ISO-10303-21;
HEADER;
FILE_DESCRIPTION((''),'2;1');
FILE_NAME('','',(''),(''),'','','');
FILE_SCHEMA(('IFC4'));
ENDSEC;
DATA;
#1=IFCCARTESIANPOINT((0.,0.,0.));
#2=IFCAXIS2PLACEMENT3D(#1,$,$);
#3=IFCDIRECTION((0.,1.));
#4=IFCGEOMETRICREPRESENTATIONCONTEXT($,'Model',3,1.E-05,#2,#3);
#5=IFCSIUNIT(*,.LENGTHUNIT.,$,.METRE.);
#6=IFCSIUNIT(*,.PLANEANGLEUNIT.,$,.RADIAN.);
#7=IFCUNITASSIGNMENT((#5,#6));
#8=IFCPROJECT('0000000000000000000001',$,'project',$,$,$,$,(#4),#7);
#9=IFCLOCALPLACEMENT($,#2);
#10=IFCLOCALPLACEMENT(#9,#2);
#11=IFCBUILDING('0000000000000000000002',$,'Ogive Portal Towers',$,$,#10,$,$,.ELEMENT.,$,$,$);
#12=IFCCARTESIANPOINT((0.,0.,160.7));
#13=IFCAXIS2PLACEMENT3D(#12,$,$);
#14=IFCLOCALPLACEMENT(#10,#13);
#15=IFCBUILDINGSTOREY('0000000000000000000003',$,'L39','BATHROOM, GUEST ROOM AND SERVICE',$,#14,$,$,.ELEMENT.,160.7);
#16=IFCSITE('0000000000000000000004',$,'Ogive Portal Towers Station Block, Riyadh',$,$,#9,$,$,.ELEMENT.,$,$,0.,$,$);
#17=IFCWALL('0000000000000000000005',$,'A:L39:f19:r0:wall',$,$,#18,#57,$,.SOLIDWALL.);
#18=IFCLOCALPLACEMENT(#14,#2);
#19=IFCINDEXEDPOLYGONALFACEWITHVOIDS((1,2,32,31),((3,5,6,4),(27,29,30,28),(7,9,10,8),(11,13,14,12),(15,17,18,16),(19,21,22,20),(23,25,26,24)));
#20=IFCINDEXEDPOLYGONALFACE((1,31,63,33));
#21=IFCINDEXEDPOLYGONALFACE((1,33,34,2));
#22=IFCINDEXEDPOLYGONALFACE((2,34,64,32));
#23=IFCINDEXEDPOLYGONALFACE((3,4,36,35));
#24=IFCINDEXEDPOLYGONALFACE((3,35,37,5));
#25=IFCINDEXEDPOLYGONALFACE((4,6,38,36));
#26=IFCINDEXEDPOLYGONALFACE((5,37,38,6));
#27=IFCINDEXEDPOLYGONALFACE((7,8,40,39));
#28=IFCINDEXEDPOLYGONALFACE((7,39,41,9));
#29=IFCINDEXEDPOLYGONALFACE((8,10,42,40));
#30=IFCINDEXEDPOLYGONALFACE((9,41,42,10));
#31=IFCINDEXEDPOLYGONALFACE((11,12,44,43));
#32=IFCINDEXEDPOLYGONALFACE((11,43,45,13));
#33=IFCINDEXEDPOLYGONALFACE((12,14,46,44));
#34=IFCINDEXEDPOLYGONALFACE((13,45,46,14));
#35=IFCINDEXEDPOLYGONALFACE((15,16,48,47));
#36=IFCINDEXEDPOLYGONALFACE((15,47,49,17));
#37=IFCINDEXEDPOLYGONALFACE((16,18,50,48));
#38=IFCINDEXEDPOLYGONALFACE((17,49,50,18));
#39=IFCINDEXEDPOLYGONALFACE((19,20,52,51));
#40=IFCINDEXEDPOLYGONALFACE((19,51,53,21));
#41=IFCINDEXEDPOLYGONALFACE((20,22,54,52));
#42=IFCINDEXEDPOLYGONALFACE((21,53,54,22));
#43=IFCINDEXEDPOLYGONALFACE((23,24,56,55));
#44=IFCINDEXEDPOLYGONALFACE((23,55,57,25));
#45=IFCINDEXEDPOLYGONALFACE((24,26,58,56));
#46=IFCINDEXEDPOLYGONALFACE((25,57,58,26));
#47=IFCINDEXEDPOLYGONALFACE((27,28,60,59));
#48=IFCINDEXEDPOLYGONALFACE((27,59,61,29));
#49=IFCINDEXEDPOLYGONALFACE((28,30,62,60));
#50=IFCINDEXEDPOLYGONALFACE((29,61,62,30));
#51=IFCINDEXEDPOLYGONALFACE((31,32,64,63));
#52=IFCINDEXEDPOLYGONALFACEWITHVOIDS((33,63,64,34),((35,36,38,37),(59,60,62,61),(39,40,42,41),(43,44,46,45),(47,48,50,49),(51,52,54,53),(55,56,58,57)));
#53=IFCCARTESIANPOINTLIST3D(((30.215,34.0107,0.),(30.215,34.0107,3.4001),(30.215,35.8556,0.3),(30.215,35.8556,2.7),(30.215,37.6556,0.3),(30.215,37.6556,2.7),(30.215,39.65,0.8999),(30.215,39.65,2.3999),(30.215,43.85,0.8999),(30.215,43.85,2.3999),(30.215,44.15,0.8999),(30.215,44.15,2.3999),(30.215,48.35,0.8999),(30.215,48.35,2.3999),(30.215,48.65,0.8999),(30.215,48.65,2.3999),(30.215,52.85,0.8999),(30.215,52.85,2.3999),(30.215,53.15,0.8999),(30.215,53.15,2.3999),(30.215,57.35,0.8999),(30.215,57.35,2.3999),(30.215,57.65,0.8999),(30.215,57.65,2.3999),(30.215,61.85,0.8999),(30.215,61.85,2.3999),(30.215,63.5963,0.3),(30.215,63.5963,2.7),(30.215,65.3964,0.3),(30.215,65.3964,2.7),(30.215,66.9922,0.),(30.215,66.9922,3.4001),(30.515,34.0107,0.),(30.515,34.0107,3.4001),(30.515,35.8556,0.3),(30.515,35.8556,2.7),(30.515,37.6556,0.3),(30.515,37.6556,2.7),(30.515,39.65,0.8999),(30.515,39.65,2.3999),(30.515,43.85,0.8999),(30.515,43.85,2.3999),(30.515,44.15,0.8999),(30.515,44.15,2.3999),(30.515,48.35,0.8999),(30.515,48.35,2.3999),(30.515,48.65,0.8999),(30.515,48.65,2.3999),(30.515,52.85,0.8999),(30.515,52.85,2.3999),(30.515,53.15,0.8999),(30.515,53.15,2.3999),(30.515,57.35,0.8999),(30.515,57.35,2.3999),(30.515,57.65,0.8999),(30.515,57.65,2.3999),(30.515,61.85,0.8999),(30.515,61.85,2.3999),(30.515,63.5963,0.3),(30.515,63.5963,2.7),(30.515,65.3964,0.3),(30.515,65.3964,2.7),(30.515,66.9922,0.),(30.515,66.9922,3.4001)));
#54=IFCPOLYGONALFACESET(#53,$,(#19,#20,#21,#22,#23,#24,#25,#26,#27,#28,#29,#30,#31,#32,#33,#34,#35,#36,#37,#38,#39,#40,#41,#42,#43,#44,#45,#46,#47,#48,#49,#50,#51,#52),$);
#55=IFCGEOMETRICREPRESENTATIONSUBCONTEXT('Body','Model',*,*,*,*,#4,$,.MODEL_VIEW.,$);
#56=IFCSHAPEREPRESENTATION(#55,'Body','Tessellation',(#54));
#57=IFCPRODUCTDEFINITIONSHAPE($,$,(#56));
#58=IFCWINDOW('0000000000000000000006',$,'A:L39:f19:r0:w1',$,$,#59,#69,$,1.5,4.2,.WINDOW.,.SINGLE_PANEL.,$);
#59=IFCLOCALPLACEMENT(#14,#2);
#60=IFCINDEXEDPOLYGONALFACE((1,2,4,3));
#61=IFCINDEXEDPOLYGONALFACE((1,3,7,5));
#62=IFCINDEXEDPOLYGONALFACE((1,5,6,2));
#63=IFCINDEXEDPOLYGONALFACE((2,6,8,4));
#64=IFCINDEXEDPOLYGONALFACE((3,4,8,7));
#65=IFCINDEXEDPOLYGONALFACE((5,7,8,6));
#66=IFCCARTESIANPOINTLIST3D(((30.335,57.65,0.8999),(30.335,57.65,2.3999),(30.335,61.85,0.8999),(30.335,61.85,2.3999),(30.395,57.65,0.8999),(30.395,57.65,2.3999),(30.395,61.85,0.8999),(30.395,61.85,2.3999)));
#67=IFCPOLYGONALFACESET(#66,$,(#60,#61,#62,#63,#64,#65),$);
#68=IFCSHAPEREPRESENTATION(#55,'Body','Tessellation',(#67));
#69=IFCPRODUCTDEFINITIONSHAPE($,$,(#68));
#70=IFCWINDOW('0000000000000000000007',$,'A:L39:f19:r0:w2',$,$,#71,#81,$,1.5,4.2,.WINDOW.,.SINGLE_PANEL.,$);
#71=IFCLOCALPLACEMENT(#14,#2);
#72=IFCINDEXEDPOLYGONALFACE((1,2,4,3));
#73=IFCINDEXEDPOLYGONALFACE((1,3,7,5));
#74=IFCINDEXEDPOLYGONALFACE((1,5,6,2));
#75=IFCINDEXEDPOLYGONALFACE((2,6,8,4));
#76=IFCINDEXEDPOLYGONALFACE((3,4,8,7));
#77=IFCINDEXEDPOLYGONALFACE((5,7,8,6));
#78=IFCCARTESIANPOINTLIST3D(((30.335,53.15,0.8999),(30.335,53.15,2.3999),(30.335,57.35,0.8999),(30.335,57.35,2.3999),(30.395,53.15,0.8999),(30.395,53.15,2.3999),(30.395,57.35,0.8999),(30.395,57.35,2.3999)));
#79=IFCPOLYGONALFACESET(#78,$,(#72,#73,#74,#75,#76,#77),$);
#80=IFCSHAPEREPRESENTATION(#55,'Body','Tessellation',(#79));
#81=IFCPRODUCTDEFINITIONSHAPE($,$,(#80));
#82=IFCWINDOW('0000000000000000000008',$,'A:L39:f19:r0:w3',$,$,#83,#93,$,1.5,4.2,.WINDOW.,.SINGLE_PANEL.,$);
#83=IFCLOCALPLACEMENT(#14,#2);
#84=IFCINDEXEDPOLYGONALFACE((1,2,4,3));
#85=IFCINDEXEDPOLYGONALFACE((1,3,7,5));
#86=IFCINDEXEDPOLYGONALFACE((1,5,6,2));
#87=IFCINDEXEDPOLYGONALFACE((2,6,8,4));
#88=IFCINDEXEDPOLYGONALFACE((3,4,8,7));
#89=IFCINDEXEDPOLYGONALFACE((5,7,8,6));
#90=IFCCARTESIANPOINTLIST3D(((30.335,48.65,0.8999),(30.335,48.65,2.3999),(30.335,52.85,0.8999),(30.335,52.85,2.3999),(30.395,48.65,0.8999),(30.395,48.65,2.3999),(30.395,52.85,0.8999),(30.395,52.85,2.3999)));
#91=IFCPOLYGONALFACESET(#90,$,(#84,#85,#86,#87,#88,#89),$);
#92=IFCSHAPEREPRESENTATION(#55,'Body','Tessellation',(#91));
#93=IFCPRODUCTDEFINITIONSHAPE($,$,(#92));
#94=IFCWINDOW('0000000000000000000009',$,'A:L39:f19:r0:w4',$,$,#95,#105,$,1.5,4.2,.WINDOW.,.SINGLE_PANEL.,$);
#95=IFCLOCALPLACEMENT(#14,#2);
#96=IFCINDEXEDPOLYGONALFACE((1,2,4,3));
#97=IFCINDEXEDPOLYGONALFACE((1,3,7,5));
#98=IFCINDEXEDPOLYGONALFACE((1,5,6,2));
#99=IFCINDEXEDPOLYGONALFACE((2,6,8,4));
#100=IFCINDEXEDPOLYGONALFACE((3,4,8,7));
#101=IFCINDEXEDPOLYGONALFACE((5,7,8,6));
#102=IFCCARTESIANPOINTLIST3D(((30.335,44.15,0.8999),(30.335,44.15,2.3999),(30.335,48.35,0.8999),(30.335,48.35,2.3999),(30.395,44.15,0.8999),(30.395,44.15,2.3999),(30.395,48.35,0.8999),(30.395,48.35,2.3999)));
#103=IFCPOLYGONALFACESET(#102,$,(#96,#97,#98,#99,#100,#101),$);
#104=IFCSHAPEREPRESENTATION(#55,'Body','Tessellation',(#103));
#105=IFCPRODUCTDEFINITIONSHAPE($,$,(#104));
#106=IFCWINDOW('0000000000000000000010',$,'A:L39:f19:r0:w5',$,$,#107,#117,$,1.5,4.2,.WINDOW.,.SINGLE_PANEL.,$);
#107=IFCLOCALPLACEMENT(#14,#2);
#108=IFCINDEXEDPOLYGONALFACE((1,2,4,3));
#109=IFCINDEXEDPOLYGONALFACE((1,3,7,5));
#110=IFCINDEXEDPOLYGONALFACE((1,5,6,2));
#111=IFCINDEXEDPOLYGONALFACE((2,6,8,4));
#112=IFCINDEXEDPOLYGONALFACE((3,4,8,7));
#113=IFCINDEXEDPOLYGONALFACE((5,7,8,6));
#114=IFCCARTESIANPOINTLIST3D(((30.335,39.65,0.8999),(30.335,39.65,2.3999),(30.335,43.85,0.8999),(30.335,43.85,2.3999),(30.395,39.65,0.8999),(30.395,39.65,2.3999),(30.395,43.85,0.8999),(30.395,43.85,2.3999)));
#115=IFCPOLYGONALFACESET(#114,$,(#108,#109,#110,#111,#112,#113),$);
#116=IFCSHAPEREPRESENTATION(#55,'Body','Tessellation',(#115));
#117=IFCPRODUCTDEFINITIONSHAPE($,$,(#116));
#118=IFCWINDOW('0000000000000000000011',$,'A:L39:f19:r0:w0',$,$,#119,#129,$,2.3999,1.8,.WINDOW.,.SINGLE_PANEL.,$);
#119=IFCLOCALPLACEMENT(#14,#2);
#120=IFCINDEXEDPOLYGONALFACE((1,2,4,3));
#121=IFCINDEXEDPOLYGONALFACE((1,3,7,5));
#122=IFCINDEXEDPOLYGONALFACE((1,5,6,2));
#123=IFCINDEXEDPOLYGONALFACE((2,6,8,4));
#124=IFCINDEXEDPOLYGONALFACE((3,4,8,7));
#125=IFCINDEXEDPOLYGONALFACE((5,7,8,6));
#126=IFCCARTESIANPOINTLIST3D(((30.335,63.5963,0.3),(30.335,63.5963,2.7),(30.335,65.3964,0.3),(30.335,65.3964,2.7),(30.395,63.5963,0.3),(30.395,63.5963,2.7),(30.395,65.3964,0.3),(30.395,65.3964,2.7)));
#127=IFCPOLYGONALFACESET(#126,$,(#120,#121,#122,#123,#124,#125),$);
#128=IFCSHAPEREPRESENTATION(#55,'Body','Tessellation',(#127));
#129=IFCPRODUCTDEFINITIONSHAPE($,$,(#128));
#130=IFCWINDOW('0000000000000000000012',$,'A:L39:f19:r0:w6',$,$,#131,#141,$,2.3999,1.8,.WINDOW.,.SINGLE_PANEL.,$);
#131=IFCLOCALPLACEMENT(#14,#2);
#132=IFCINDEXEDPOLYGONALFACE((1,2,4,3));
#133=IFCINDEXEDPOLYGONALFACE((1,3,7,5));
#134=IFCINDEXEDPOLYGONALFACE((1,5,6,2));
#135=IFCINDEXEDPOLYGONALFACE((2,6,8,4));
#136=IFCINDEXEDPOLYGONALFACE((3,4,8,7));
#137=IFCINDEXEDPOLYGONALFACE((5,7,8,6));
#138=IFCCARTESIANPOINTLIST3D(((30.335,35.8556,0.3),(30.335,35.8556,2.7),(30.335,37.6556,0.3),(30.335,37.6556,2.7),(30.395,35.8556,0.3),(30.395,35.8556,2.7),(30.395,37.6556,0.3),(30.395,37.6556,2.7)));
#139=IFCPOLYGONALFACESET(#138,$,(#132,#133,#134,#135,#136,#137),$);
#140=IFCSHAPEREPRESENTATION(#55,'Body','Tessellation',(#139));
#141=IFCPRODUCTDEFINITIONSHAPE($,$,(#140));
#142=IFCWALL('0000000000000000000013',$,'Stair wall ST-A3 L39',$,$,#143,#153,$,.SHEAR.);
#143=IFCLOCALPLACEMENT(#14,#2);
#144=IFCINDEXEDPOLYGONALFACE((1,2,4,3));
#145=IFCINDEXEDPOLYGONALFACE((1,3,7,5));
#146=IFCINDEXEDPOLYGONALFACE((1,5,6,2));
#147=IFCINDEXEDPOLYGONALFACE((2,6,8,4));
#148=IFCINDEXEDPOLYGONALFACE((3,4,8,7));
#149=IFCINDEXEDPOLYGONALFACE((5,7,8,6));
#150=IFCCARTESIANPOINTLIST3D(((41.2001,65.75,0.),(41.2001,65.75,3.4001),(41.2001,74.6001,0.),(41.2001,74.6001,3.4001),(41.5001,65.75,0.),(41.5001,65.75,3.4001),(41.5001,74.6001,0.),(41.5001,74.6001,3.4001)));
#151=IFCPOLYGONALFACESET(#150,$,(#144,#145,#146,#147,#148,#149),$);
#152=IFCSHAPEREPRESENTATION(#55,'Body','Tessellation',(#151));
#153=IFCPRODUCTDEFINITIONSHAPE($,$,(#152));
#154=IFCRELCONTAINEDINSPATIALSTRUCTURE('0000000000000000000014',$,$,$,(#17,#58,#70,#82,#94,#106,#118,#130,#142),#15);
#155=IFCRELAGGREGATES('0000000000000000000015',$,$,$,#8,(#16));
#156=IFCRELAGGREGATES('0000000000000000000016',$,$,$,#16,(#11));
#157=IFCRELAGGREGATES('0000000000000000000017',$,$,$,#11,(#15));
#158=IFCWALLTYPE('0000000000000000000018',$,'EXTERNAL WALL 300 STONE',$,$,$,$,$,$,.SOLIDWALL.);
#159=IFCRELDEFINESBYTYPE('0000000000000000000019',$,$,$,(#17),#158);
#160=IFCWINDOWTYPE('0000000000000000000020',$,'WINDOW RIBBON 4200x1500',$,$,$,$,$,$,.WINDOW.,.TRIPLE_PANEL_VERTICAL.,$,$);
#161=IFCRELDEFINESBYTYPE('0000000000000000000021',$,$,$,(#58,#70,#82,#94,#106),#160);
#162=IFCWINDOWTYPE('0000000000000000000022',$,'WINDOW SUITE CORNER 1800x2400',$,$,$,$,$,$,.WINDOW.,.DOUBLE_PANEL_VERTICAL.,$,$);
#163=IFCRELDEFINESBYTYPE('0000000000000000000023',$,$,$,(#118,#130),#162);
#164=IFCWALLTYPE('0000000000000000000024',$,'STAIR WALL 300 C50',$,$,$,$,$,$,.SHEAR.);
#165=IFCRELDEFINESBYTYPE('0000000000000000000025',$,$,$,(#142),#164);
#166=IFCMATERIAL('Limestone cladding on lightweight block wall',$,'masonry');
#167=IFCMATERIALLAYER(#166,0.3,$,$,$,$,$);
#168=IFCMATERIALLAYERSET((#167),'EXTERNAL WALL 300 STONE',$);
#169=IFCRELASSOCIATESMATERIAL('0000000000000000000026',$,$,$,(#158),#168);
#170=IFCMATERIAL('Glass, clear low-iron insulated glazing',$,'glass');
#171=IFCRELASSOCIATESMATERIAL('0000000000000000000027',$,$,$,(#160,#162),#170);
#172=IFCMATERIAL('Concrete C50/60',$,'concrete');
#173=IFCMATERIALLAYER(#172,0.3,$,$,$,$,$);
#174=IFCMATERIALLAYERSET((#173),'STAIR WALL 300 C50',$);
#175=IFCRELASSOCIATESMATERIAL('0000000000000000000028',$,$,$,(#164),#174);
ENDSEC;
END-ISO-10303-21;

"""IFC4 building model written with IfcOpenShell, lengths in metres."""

from ifc_helpers import new_model, si_unit, direction, frame, frame_2d, origin, place, context, subcontext, project, spatial, rectangle, extrude, material, layer, layer_set, type_object, element, fill, save


model = new_model("IFC4")

# Units and contexts
model_context = context("Model", 3, precision=1e-05, world=origin(), true_north=direction((0.0, 1.0)))
body_context = subcontext(model_context, "Body", "Model", "MODEL_VIEW")
ifc_project = project(units=[si_unit("LENGTHUNIT", "METRE"), si_unit("PLANEANGLEUNIT", "RADIAN")], contexts=[model_context])

# Site, building, storey
site_placement = place(None, origin())
site = spatial("IfcSite", under=ifc_project, at=site_placement, Name="Ogive Portal Towers Station Block, Riyadh", CompositionType="ELEMENT", RefElevation=0.0)
building_placement = place(site_placement, origin())
building = spatial("IfcBuilding", under=site, at=building_placement, Name="Ogive Portal Towers", CompositionType="ELEMENT")
storey_placement = place(building_placement, frame((0.0, 0.0, 160.7)))
storey = spatial("IfcBuildingStorey", under=building, at=storey_placement, Name="L39", Description="BATHROOM, GUEST ROOM AND SERVICE", CompositionType="ELEMENT", Elevation=160.7)

# Shared definitions
ifc_material_1 = material(Name="Glass, clear low-iron insulated glazing", Category="glass")

# Wall, openings, windows
ifc_material_2 = material(Name="Limestone cladding on lightweight block wall", Category="masonry")
ifc_layer_1 = layer(ifc_material_2, 0.3)
ifc_layer_set_1 = layer_set([ifc_layer_1], Name="EXTERNAL WALL 300 STONE")
wall_type_1 = type_object("IfcWallType", Name="EXTERNAL WALL 300 STONE", PredefinedType="SOLIDWALL", material=ifc_layer_set_1)
wall_1_placement = place(storey_placement, frame((30.365, 66.9922, 0.0), z_axis=(0.0, 0.0, 1.0), x_axis=(0.0, -1.0, 0.0)))
wall_1 = element("IfcWall", 1, at=wall_1_placement, inside=storey, type_object=wall_type_1, Name="A:L39:f19:r0:wall", PredefinedType="SOLIDWALL", context=body_context, shape_type="SweptSolid", body=[
    extrude(rectangle(XDim=32.9814, YDim=0.3, at=frame_2d((16.4907, 0.0))), origin(), (0.0, 0.0, 1.0), 3.4001),
])
opening_1_placement = place(wall_1_placement, frame((1.5959, 0.0, 0.3)))
opening_1 = element("IfcOpeningElement", 2, at=opening_1_placement, cuts=wall_1, PredefinedType="OPENING", context=body_context, shape_type="SweptSolid", body=[
    extrude(rectangle(XDim=1.8, YDim=2.3999, at=frame_2d((0.8999, 1.2))), frame((0.0, 0.1602, 0.0), z_axis=(0.0, -1.0, 0.0), x_axis=(1.0, 0.0, 0.0)), (0.0, 0.0, 1.0), 0.3201),
])
opening_2_placement = place(wall_1_placement, frame((5.1421, 0.0, 0.8999)))
opening_2 = element("IfcOpeningElement", 3, at=opening_2_placement, cuts=wall_1, PredefinedType="OPENING", context=body_context, shape_type="SweptSolid", body=[
    extrude(rectangle(XDim=4.2, YDim=1.5, at=frame_2d((2.1001, 0.75))), frame((0.0, 0.1602, 0.0), z_axis=(0.0, -1.0, 0.0), x_axis=(1.0, 0.0, 0.0)), (0.0, 0.0, 1.0), 0.3201),
])
opening_3_placement = place(wall_1_placement, frame((9.6421, 0.0, 0.8999)))
opening_3 = element("IfcOpeningElement", 4, at=opening_3_placement, cuts=wall_1, PredefinedType="OPENING", context=body_context, shape_type="SweptSolid", body=[
    extrude(rectangle(XDim=4.2, YDim=1.5, at=frame_2d((2.1001, 0.75))), frame((0.0, 0.1602, 0.0), z_axis=(0.0, -1.0, 0.0), x_axis=(1.0, 0.0, 0.0)), (0.0, 0.0, 1.0), 0.3201),
])
opening_4_placement = place(wall_1_placement, frame((14.1421, 0.0, 0.8999)))
opening_4 = element("IfcOpeningElement", 5, at=opening_4_placement, cuts=wall_1, PredefinedType="OPENING", context=body_context, shape_type="SweptSolid", body=[
    extrude(rectangle(XDim=4.2, YDim=1.5, at=frame_2d((2.1001, 0.75))), frame((0.0, 0.1602, 0.0), z_axis=(0.0, -1.0, 0.0), x_axis=(1.0, 0.0, 0.0)), (0.0, 0.0, 1.0), 0.3201),
])
opening_5_placement = place(wall_1_placement, frame((18.6421, 0.0, 0.8999)))
opening_5 = element("IfcOpeningElement", 6, at=opening_5_placement, cuts=wall_1, PredefinedType="OPENING", context=body_context, shape_type="SweptSolid", body=[
    extrude(rectangle(XDim=4.2, YDim=1.5, at=frame_2d((2.1001, 0.75))), frame((0.0, 0.1602, 0.0), z_axis=(0.0, -1.0, 0.0), x_axis=(1.0, 0.0, 0.0)), (0.0, 0.0, 1.0), 0.3201),
])
opening_6_placement = place(wall_1_placement, frame((23.1421, 0.0, 0.8999)))
opening_6 = element("IfcOpeningElement", 7, at=opening_6_placement, cuts=wall_1, PredefinedType="OPENING", context=body_context, shape_type="SweptSolid", body=[
    extrude(rectangle(XDim=4.2, YDim=1.5, at=frame_2d((2.1001, 0.75))), frame((0.0, 0.1602, 0.0), z_axis=(0.0, -1.0, 0.0), x_axis=(1.0, 0.0, 0.0)), (0.0, 0.0, 1.0), 0.3201),
])
opening_7_placement = place(wall_1_placement, frame((29.3367, 0.0, 0.3)))
opening_7 = element("IfcOpeningElement", 8, at=opening_7_placement, cuts=wall_1, PredefinedType="OPENING", context=body_context, shape_type="SweptSolid", body=[
    extrude(rectangle(XDim=1.8, YDim=2.3999, at=frame_2d((0.8999, 1.2))), frame((0.0, 0.1602, 0.0), z_axis=(0.0, -1.0, 0.0), x_axis=(1.0, 0.0, 0.0)), (0.0, 0.0, 1.0), 0.3201),
])
window_type_1 = type_object("IfcWindowType", Name="WINDOW RIBBON 4200x1500", PartitioningType="TRIPLE_PANEL_VERTICAL", PredefinedType="WINDOW", material=ifc_material_1)
window_1_placement = place(opening_2_placement, origin())
window_1 = element("IfcWindow", 9, at=window_1_placement, inside=storey, type_object=window_type_1, Name="A:L39:f19:r0:w1", OverallHeight=1.5, OverallWidth=4.2, PartitioningType="SINGLE_PANEL", PredefinedType="WINDOW", context=body_context, shape_type="SweptSolid", body=[
    extrude(rectangle(XDim=4.2, YDim=1.5, at=frame_2d((2.1001, 0.75))), frame((0.0, 0.03, 0.0), z_axis=(0.0, -1.0, 0.0), x_axis=(1.0, 0.0, 0.0)), (0.0, 0.0, 1.0), 0.0601),
])
fill(opening_2, window_1)
window_2_placement = place(opening_3_placement, origin())
window_2 = element("IfcWindow", 10, at=window_2_placement, inside=storey, type_object=window_type_1, Name="A:L39:f19:r0:w2", OverallHeight=1.5, OverallWidth=4.2, PartitioningType="SINGLE_PANEL", PredefinedType="WINDOW", context=body_context, shape_type="SweptSolid", body=[
    extrude(rectangle(XDim=4.2, YDim=1.5, at=frame_2d((2.1001, 0.75))), frame((0.0, 0.03, 0.0), z_axis=(0.0, -1.0, 0.0), x_axis=(1.0, 0.0, 0.0)), (0.0, 0.0, 1.0), 0.0601),
])
fill(opening_3, window_2)
window_3_placement = place(opening_4_placement, origin())
window_3 = element("IfcWindow", 11, at=window_3_placement, inside=storey, type_object=window_type_1, Name="A:L39:f19:r0:w3", OverallHeight=1.5, OverallWidth=4.2, PartitioningType="SINGLE_PANEL", PredefinedType="WINDOW", context=body_context, shape_type="SweptSolid", body=[
    extrude(rectangle(XDim=4.2, YDim=1.5, at=frame_2d((2.1001, 0.75))), frame((0.0, 0.03, 0.0), z_axis=(0.0, -1.0, 0.0), x_axis=(1.0, 0.0, 0.0)), (0.0, 0.0, 1.0), 0.0601),
])
fill(opening_4, window_3)
window_4_placement = place(opening_5_placement, origin())
window_4 = element("IfcWindow", 12, at=window_4_placement, inside=storey, type_object=window_type_1, Name="A:L39:f19:r0:w4", OverallHeight=1.5, OverallWidth=4.2, PartitioningType="SINGLE_PANEL", PredefinedType="WINDOW", context=body_context, shape_type="SweptSolid", body=[
    extrude(rectangle(XDim=4.2, YDim=1.5, at=frame_2d((2.1001, 0.75))), frame((0.0, 0.03, 0.0), z_axis=(0.0, -1.0, 0.0), x_axis=(1.0, 0.0, 0.0)), (0.0, 0.0, 1.0), 0.0601),
])
fill(opening_5, window_4)
window_5_placement = place(opening_6_placement, origin())
window_5 = element("IfcWindow", 13, at=window_5_placement, inside=storey, type_object=window_type_1, Name="A:L39:f19:r0:w5", OverallHeight=1.5, OverallWidth=4.2, PartitioningType="SINGLE_PANEL", PredefinedType="WINDOW", context=body_context, shape_type="SweptSolid", body=[
    extrude(rectangle(XDim=4.2, YDim=1.5, at=frame_2d((2.1001, 0.75))), frame((0.0, 0.03, 0.0), z_axis=(0.0, -1.0, 0.0), x_axis=(1.0, 0.0, 0.0)), (0.0, 0.0, 1.0), 0.0601),
])
fill(opening_6, window_5)
window_type_2 = type_object("IfcWindowType", Name="WINDOW SUITE CORNER 1800x2400", PartitioningType="DOUBLE_PANEL_VERTICAL", PredefinedType="WINDOW", material=ifc_material_1)
window_6_placement = place(opening_1_placement, origin())
window_6 = element("IfcWindow", 14, at=window_6_placement, inside=storey, type_object=window_type_2, Name="A:L39:f19:r0:w0", OverallHeight=2.3999, OverallWidth=1.8, PartitioningType="SINGLE_PANEL", PredefinedType="WINDOW", context=body_context, shape_type="SweptSolid", body=[
    extrude(rectangle(XDim=1.8, YDim=2.3999, at=frame_2d((0.8999, 1.2))), frame((0.0, 0.03, 0.0), z_axis=(0.0, -1.0, 0.0), x_axis=(1.0, 0.0, 0.0)), (0.0, 0.0, 1.0), 0.0601),
])
fill(opening_1, window_6)
window_7_placement = place(opening_7_placement, origin())
window_7 = element("IfcWindow", 15, at=window_7_placement, inside=storey, type_object=window_type_2, Name="A:L39:f19:r0:w6", OverallHeight=2.3999, OverallWidth=1.8, PartitioningType="SINGLE_PANEL", PredefinedType="WINDOW", context=body_context, shape_type="SweptSolid", body=[
    extrude(rectangle(XDim=1.8, YDim=2.3999, at=frame_2d((0.8999, 1.2))), frame((0.0, 0.03, 0.0), z_axis=(0.0, -1.0, 0.0), x_axis=(1.0, 0.0, 0.0)), (0.0, 0.0, 1.0), 0.0601),
])
fill(opening_7, window_7)

# Wall
ifc_material_3 = material(Name="Concrete C50/60", Category="concrete")
ifc_layer_2 = layer(ifc_material_3, 0.3)
ifc_layer_set_2 = layer_set([ifc_layer_2], Name="STAIR WALL 300 C50")
wall_type_2 = type_object("IfcWallType", Name="STAIR WALL 300 C50", PredefinedType="SHEAR", material=ifc_layer_set_2)
wall_2_placement = place(storey_placement, frame((41.3501, 65.75, 0.0), z_axis=(0.0, 0.0, 1.0), x_axis=(0.0, 1.0, 0.0)))
element("IfcWall", 16, at=wall_2_placement, inside=storey, type_object=wall_type_2, Name="Stair wall ST-A3 L39", PredefinedType="SHEAR", context=body_context, shape_type="SweptSolid", body=[
    extrude(rectangle(XDim=8.8501, YDim=0.3, at=frame_2d((4.425, 0.0))), origin(), (0.0, 0.0, 1.0), 3.4001),
])

save(model, "model.ifc")
